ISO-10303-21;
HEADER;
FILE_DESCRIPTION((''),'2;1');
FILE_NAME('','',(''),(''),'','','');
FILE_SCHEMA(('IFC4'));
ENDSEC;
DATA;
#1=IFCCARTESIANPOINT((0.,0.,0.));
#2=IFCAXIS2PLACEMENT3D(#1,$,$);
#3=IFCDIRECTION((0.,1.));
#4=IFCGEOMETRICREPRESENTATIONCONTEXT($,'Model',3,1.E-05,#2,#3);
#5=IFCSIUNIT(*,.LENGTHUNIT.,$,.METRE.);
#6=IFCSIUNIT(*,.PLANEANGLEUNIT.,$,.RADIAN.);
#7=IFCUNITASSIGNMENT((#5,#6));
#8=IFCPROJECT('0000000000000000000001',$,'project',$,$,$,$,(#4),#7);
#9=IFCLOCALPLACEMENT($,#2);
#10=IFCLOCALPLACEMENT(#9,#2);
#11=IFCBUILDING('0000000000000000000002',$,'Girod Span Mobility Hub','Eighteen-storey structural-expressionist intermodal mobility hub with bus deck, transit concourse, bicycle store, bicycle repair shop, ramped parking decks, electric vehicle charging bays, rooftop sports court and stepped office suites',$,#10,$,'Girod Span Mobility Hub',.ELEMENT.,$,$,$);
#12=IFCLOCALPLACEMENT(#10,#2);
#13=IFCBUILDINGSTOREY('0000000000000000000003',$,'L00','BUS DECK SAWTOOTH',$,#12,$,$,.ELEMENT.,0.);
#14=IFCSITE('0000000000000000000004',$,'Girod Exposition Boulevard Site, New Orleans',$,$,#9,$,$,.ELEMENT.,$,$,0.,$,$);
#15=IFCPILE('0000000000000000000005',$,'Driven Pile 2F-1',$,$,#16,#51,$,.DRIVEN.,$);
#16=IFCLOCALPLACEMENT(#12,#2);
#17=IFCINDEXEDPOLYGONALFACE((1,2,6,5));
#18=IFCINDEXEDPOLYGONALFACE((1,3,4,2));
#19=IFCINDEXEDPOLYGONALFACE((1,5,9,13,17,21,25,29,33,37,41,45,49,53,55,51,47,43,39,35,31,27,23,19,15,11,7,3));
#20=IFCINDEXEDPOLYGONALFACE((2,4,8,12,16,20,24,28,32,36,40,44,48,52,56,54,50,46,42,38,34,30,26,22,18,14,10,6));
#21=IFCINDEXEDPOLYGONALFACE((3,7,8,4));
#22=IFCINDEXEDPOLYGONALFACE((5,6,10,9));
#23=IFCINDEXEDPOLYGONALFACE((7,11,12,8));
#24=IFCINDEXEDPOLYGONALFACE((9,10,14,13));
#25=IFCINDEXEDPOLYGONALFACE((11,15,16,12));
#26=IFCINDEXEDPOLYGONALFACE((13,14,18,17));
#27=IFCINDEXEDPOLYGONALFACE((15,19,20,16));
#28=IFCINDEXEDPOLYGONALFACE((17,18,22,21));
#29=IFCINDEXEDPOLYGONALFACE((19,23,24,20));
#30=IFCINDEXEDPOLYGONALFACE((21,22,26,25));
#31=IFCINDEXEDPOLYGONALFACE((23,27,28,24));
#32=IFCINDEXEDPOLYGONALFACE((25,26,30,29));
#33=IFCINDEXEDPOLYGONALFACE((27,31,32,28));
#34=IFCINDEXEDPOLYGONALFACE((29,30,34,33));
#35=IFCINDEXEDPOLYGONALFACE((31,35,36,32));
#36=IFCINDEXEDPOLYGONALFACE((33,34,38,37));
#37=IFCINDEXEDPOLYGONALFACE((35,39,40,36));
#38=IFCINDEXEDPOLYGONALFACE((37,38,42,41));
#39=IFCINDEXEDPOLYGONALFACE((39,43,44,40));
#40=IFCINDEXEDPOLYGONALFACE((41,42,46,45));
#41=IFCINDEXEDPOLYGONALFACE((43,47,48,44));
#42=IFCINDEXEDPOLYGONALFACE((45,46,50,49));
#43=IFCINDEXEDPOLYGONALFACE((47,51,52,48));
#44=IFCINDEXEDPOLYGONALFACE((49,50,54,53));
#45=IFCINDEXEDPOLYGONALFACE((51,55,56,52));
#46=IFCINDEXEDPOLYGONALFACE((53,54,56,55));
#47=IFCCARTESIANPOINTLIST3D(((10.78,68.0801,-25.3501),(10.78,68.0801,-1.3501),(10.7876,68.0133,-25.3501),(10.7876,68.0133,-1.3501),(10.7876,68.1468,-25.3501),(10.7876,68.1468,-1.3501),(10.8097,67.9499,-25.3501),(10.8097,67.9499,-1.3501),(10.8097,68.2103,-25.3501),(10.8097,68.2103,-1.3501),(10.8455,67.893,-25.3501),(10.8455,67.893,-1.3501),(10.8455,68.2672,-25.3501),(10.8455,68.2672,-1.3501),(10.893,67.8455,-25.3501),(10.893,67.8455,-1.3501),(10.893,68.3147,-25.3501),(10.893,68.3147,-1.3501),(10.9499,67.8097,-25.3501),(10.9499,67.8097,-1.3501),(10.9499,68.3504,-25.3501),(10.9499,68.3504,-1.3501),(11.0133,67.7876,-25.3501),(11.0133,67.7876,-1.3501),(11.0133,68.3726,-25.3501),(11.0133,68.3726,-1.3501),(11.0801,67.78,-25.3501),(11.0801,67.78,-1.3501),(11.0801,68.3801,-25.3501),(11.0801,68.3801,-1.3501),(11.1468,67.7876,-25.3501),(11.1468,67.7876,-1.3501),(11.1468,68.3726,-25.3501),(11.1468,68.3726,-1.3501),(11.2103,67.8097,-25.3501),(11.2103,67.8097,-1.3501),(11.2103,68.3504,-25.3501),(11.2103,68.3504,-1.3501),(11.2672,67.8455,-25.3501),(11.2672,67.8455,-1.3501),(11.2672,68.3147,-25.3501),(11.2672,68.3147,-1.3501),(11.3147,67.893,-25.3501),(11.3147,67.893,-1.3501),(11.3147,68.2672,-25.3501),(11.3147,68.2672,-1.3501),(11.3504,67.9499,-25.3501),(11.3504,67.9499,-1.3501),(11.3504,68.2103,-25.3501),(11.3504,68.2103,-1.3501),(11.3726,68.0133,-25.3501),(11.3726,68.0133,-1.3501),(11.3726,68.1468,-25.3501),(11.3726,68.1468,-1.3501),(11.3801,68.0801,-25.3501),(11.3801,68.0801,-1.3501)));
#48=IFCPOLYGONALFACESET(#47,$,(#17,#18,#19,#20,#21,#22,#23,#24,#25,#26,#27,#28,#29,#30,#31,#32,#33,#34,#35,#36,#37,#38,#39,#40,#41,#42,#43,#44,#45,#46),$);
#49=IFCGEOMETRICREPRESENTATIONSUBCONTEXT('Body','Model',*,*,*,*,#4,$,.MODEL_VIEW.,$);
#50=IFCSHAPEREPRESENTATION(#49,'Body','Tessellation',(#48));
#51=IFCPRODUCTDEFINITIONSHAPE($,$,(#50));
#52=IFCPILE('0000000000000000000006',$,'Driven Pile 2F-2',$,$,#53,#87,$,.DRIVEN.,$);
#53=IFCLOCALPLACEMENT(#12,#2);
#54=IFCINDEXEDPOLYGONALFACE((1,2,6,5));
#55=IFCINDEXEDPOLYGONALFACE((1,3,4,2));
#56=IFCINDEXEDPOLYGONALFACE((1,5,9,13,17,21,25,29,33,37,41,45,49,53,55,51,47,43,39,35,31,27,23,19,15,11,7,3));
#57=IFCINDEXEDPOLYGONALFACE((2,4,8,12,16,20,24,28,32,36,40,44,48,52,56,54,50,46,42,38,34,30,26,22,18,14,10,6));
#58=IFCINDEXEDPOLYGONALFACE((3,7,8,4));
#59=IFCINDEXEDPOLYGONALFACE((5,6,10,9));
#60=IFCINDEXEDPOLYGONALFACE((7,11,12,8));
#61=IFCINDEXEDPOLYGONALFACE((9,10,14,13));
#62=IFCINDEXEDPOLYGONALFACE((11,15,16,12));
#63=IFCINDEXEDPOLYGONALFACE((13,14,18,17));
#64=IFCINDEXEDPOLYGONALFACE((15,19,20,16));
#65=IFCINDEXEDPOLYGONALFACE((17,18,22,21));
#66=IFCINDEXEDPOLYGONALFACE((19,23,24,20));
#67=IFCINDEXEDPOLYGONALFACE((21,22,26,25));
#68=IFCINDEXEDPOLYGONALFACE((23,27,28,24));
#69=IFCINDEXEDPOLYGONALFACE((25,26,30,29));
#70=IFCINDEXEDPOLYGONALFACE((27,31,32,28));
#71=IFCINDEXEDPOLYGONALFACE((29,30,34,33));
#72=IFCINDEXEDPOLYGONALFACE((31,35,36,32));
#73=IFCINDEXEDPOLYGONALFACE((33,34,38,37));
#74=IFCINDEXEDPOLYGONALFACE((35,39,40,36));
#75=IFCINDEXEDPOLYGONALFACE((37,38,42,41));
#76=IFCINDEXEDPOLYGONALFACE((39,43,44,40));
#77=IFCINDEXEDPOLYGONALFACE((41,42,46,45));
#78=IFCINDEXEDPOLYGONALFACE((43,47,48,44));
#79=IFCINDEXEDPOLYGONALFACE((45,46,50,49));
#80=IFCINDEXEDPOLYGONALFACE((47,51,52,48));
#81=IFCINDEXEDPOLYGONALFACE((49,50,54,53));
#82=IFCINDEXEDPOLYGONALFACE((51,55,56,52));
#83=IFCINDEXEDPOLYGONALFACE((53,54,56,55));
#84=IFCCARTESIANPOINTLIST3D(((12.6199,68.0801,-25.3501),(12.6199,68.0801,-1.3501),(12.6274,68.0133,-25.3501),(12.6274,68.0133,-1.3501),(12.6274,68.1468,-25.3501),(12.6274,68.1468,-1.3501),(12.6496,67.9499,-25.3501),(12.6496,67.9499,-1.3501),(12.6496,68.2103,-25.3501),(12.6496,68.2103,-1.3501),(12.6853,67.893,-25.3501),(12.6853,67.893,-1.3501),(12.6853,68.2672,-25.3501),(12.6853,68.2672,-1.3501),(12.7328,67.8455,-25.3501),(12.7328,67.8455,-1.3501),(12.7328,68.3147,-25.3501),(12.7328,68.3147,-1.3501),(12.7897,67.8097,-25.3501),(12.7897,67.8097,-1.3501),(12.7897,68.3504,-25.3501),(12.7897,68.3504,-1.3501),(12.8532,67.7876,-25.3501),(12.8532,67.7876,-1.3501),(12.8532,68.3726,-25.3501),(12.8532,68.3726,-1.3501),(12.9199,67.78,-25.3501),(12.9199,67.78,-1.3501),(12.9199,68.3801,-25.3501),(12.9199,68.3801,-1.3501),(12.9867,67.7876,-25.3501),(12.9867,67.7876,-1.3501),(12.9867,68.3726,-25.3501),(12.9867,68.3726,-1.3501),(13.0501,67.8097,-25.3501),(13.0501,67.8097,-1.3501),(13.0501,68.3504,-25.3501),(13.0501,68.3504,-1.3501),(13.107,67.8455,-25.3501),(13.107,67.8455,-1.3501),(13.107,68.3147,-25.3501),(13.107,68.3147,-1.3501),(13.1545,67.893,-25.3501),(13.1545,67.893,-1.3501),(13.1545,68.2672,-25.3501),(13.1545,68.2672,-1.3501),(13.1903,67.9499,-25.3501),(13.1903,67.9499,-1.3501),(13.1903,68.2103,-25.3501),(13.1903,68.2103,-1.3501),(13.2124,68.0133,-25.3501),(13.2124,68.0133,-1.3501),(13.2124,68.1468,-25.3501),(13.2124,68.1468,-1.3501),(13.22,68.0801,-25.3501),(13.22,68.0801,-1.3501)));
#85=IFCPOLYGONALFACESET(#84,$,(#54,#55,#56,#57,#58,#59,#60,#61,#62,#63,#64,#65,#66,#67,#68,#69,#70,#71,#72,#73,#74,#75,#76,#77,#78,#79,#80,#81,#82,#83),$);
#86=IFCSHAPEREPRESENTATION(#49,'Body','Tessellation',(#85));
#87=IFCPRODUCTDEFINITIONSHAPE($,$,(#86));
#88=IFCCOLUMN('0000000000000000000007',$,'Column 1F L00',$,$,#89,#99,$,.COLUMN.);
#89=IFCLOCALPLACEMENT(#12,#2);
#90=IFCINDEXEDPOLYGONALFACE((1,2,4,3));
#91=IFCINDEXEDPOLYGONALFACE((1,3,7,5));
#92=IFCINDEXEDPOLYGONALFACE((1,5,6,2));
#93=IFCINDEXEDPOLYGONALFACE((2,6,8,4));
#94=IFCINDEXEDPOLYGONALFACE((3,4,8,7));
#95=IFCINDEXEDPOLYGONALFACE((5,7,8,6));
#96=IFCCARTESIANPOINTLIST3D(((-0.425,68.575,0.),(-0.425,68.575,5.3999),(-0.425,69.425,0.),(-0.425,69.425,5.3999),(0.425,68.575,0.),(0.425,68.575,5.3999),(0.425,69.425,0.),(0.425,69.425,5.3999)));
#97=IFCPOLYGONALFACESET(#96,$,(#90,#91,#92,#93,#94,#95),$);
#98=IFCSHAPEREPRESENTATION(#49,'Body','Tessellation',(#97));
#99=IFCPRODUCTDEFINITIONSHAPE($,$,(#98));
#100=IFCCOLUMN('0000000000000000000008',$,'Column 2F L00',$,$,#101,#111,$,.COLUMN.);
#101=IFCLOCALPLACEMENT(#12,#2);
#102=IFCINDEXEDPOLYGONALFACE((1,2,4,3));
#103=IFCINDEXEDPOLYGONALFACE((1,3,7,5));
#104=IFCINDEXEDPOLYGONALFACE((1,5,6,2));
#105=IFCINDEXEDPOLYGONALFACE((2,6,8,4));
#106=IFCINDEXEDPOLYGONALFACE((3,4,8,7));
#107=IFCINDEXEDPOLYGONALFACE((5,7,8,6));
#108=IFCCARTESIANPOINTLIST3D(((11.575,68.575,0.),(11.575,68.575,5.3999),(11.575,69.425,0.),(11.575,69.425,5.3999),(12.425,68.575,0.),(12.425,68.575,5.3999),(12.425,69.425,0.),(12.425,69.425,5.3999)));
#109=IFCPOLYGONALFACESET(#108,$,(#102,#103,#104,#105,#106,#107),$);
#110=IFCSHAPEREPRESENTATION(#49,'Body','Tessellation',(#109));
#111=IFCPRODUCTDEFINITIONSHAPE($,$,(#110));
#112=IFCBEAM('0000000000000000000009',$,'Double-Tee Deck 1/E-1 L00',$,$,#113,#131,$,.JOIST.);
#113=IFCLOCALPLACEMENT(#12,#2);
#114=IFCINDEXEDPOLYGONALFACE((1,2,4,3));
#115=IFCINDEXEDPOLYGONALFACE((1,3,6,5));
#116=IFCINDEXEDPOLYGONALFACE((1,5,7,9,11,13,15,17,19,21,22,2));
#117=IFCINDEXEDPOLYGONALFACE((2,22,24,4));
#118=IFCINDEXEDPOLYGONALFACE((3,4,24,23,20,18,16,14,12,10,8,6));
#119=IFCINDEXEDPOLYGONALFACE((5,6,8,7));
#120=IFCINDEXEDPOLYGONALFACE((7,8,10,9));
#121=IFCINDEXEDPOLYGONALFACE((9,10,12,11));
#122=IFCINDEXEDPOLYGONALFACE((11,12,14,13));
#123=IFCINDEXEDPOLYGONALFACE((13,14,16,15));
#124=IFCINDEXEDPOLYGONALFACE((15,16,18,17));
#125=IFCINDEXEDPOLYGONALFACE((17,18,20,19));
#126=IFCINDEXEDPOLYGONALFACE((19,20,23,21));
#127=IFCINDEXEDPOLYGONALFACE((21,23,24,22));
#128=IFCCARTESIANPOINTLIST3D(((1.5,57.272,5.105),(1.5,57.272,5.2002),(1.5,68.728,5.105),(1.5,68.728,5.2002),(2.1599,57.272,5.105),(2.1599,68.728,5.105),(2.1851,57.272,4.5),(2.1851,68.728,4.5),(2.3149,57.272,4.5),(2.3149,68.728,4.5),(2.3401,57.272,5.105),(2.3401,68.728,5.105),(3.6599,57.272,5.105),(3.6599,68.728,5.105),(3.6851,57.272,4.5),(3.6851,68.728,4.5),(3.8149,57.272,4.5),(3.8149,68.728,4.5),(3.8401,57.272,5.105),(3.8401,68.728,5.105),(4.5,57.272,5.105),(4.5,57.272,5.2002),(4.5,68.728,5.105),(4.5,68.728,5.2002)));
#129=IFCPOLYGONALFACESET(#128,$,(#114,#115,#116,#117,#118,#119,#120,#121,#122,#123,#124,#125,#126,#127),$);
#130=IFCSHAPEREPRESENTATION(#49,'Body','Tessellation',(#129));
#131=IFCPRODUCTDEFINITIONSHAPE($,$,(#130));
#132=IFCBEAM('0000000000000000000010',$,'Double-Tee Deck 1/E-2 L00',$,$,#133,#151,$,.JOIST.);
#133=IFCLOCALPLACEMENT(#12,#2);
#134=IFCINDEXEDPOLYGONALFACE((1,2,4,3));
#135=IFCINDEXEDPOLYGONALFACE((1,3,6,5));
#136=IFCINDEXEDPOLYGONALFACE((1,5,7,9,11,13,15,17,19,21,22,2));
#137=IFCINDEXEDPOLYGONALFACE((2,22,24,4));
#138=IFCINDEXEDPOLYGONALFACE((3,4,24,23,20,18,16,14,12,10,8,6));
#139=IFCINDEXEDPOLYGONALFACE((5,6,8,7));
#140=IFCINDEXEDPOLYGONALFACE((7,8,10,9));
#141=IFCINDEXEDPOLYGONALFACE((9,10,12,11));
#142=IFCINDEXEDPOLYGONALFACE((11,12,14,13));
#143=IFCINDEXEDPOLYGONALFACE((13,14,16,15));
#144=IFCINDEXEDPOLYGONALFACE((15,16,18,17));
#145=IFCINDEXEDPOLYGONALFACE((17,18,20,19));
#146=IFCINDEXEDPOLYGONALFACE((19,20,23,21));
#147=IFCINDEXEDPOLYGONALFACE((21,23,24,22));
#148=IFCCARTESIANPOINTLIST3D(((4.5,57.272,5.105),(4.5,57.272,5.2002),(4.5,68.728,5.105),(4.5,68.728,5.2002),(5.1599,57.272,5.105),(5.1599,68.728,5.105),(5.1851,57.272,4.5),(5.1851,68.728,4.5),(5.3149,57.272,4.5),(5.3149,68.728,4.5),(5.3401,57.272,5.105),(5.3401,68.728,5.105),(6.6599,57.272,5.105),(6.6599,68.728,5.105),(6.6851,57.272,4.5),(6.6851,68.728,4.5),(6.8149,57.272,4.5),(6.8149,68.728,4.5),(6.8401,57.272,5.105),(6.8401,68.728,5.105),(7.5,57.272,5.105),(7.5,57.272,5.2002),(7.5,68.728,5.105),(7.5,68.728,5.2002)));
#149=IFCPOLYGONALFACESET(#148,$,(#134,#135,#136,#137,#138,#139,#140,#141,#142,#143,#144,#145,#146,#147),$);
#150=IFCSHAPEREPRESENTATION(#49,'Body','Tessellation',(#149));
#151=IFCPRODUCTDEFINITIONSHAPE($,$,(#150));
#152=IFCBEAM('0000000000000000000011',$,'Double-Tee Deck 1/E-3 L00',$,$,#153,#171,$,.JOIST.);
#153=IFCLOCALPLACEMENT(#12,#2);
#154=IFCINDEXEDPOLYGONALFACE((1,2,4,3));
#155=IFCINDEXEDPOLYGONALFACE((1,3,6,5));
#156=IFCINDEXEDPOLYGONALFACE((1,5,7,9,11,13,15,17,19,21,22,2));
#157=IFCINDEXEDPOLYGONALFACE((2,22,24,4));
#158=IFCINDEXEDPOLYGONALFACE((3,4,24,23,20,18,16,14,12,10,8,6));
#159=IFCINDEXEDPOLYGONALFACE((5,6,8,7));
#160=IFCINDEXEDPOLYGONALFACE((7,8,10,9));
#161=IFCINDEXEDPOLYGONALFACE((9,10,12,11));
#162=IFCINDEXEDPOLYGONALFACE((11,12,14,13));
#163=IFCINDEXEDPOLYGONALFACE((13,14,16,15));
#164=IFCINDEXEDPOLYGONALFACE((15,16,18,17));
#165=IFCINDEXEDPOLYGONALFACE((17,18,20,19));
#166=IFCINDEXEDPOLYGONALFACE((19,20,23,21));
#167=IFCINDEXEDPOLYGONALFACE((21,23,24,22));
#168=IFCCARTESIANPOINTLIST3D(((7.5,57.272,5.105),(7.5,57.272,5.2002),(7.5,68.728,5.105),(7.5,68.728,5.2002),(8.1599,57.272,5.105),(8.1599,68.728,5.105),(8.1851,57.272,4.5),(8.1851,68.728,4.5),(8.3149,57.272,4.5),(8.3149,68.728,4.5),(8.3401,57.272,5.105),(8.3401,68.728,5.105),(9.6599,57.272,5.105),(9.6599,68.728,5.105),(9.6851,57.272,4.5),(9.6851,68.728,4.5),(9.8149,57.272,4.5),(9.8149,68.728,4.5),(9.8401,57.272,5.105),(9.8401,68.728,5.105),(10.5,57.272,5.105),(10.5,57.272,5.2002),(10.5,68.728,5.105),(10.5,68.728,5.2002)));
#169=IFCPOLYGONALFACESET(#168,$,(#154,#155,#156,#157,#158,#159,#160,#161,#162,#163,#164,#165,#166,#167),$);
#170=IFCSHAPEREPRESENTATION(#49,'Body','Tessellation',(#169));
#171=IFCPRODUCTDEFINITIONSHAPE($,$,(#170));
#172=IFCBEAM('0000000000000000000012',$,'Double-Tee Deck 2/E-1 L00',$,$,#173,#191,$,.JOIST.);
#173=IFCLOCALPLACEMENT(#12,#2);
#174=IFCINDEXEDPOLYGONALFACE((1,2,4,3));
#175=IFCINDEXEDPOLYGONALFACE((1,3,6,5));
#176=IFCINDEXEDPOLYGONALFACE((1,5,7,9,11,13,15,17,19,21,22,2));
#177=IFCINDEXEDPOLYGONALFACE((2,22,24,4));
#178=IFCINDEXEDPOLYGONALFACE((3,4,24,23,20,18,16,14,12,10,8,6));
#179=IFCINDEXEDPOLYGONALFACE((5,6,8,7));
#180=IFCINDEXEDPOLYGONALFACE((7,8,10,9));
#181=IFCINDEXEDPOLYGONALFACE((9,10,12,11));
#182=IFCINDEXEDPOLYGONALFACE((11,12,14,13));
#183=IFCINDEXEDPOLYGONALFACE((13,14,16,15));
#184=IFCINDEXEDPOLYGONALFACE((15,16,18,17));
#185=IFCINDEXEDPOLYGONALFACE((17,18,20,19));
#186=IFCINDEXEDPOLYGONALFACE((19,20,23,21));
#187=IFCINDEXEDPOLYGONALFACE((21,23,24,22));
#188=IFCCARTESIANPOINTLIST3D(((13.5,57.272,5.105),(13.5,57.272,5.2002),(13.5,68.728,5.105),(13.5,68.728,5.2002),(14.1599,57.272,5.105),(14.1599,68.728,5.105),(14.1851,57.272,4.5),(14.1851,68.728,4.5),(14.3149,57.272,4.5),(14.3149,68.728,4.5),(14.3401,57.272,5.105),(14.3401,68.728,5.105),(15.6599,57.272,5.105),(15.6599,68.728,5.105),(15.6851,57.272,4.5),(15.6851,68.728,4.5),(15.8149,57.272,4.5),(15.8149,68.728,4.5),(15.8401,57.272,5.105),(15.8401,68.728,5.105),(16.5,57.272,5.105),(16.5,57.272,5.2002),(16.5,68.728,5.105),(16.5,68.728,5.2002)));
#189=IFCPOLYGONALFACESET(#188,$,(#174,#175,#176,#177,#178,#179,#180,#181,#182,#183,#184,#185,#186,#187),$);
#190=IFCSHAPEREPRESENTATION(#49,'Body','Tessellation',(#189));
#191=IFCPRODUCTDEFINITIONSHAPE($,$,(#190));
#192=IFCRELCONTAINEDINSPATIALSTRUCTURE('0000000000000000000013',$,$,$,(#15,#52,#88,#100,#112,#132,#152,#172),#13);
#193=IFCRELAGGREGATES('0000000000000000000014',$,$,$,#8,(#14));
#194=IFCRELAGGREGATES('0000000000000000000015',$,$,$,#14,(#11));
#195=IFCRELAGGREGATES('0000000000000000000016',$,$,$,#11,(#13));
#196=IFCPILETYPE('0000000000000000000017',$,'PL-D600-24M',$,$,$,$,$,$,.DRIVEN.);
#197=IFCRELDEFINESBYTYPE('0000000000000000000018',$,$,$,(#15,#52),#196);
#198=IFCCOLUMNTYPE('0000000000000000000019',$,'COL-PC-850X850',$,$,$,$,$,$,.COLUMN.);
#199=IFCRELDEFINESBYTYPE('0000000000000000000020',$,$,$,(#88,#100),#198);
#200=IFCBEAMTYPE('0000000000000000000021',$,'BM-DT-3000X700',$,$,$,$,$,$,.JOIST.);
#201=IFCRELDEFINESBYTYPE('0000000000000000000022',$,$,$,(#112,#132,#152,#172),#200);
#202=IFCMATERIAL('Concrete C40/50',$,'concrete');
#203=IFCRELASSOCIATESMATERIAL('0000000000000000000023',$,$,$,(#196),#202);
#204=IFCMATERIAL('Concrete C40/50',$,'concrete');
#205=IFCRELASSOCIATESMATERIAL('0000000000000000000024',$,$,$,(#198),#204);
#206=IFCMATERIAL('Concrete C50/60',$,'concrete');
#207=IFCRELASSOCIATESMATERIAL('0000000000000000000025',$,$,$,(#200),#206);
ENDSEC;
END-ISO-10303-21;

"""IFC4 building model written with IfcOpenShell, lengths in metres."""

from ifc_helpers import new_model, si_unit, direction, frame, origin, origin_2d, place, context, subcontext, project, spatial, polyline, rectangle, circle, outline, extrude, material, material_profile, profile_set, type_object, element, save


model = new_model("IFC4")

# Units and contexts
model_context = context("Model", 3, precision=1e-05, world=origin(), true_north=direction((0.0, 1.0)))
body_context = subcontext(model_context, "Body", "Model", "MODEL_VIEW")
ifc_project = project(units=[si_unit("LENGTHUNIT", "METRE"), si_unit("PLANEANGLEUNIT", "RADIAN")], contexts=[model_context])

# Site, building, storey
site_placement = place(None, origin())
site = spatial("IfcSite", under=ifc_project, at=site_placement, Name="Girod Exposition Boulevard Site, New Orleans", CompositionType="ELEMENT", RefElevation=0.0)
building_placement = place(site_placement, origin())
building = spatial("IfcBuilding", under=site, at=building_placement, Name="Girod Span Mobility Hub", Description="Eighteen-storey structural-expressionist intermodal mobility hub with bus deck, transit concourse, bicycle store, bicycle repair shop, ramped parking decks, electric vehicle charging bays, rooftop sports court and stepped office suites", LongName="Girod Span Mobility Hub", CompositionType="ELEMENT")
storey_placement = place(building_placement, origin())
storey = spatial("IfcBuildingStorey", under=building, at=storey_placement, Name="L00", Description="BUS DECK SAWTOOTH", CompositionType="ELEMENT", Elevation=0.0)

# Piles
ifc_material_1 = material(Name="Concrete C40/50", Category="concrete")
ifc_material_profile_1 = material_profile(ifc_material_1, circle(Radius=0.3, at=origin_2d()), Name="PILE-D600")
ifc_profile_set_1 = profile_set([ifc_material_profile_1], Name="Concrete C40/50")
pile_type_1 = type_object("IfcPileType", Name="PL-D600-24M", PredefinedType="DRIVEN", material=ifc_profile_set_1)
for number, where, z_axis, x_axis, name in (
    (1, (11.0801, 68.0801, -1.3501), (0.0, 0.0, -1.0), (1.0, 0.0, 0.0), "Driven Pile 2F-1"),
    (2, (12.9199, 68.0801, -1.3501), (0.0, 0.0, -1.0), (1.0, 0.0, 0.0), "Driven Pile 2F-2"),
):
    element("IfcPile", number, at=place(storey_placement, frame(where, z_axis=z_axis, x_axis=x_axis)), inside=storey, type_object=pile_type_1, Name=name, PredefinedType="DRIVEN", context=body_context, shape_type="SweptSolid", body=[
        extrude(circle(Radius=0.3, at=origin_2d()), origin(), (0.0, 0.0, 1.0), 24.0),
    ])

# Columns
ifc_material_2 = material(Name="Concrete C40/50", Category="concrete")
ifc_material_profile_2 = material_profile(ifc_material_2, rectangle(XDim=0.8501, YDim=0.8501, at=origin_2d()), Name="PC-COL-850X850")
ifc_profile_set_2 = profile_set([ifc_material_profile_2], Name="Concrete C40/50")
column_type = type_object("IfcColumnType", Name="COL-PC-850X850", PredefinedType="COLUMN", material=ifc_profile_set_2)
for number, where, z_axis, x_axis, name in (
    (3, (0.0, 69.0, 0.0), (0.0, 0.0, 1.0), (1.0, 0.0, 0.0), "Column 1F L00"),
    (4, (12.0, 69.0, 0.0), (0.0, 0.0, 1.0), (1.0, 0.0, 0.0), "Column 2F L00"),
):
    element("IfcColumn", number, at=place(storey_placement, frame(where, z_axis=z_axis, x_axis=x_axis)), inside=storey, type_object=column_type, Name=name, PredefinedType="COLUMN", context=body_context, shape_type="SweptSolid", body=[
        extrude(rectangle(XDim=0.8501, YDim=0.8501, at=origin_2d()), origin(), (0.0, 0.0, 1.0), 5.3999),
    ])

# Beams
ifc_material_3 = material(Name="Concrete C50/60", Category="concrete")
ifc_material_profile_3 = material_profile(ifc_material_3, outline(polyline([(-1.5, 0.3501), (-1.5, 0.2549), (-0.8401, 0.2549), (-0.8149, -0.3501), (-0.6851, -0.3501), (-0.6599, 0.2549), (0.6599, 0.2549), (0.6851, -0.3501), (0.8149, -0.3501), (0.8401, 0.2549), (1.5, 0.2549), (1.5, 0.3501), (-1.5, 0.3501)])), Name="DT-3000X700")
ifc_profile_set_3 = profile_set([ifc_material_profile_3], Name="Concrete C50/60")
beam_type_1 = type_object("IfcBeamType", Name="BM-DT-3000X700", PredefinedType="JOIST", material=ifc_profile_set_3)
for number, where, z_axis, x_axis, name in (
    (5, (3.0, 57.272, 4.8501), (0.0, 1.0, 0.0), (-1.0, 0.0, 0.0), "Double-Tee Deck 1/E-1 L00"),
    (6, (6.0, 57.272, 4.8501), (0.0, 1.0, 0.0), (-1.0, 0.0, 0.0), "Double-Tee Deck 1/E-2 L00"),
    (7, (9.0, 57.272, 4.8501), (0.0, 1.0, 0.0), (-1.0, 0.0, 0.0), "Double-Tee Deck 1/E-3 L00"),
    (8, (15.0, 57.272, 4.8501), (0.0, 1.0, 0.0), (-1.0, 0.0, 0.0), "Double-Tee Deck 2/E-1 L00"),
):
    element("IfcBeam", number, at=place(storey_placement, frame(where, z_axis=z_axis, x_axis=x_axis)), inside=storey, type_object=beam_type_1, Name=name, PredefinedType="JOIST", context=body_context, shape_type="SweptSolid", body=[
        extrude(outline(polyline([(-1.5, 0.3501), (-1.5, 0.2549), (-0.8401, 0.2549), (-0.8149, -0.3501), (-0.6851, -0.3501), (-0.6599, 0.2549), (0.6599, 0.2549), (0.6851, -0.3501), (0.8149, -0.3501), (0.8401, 0.2549), (1.5, 0.2549), (1.5, 0.3501), (-1.5, 0.3501)])), origin(), (0.0, 0.0, 1.0), 11.4561),
    ])

save(model, "model.ifc")
